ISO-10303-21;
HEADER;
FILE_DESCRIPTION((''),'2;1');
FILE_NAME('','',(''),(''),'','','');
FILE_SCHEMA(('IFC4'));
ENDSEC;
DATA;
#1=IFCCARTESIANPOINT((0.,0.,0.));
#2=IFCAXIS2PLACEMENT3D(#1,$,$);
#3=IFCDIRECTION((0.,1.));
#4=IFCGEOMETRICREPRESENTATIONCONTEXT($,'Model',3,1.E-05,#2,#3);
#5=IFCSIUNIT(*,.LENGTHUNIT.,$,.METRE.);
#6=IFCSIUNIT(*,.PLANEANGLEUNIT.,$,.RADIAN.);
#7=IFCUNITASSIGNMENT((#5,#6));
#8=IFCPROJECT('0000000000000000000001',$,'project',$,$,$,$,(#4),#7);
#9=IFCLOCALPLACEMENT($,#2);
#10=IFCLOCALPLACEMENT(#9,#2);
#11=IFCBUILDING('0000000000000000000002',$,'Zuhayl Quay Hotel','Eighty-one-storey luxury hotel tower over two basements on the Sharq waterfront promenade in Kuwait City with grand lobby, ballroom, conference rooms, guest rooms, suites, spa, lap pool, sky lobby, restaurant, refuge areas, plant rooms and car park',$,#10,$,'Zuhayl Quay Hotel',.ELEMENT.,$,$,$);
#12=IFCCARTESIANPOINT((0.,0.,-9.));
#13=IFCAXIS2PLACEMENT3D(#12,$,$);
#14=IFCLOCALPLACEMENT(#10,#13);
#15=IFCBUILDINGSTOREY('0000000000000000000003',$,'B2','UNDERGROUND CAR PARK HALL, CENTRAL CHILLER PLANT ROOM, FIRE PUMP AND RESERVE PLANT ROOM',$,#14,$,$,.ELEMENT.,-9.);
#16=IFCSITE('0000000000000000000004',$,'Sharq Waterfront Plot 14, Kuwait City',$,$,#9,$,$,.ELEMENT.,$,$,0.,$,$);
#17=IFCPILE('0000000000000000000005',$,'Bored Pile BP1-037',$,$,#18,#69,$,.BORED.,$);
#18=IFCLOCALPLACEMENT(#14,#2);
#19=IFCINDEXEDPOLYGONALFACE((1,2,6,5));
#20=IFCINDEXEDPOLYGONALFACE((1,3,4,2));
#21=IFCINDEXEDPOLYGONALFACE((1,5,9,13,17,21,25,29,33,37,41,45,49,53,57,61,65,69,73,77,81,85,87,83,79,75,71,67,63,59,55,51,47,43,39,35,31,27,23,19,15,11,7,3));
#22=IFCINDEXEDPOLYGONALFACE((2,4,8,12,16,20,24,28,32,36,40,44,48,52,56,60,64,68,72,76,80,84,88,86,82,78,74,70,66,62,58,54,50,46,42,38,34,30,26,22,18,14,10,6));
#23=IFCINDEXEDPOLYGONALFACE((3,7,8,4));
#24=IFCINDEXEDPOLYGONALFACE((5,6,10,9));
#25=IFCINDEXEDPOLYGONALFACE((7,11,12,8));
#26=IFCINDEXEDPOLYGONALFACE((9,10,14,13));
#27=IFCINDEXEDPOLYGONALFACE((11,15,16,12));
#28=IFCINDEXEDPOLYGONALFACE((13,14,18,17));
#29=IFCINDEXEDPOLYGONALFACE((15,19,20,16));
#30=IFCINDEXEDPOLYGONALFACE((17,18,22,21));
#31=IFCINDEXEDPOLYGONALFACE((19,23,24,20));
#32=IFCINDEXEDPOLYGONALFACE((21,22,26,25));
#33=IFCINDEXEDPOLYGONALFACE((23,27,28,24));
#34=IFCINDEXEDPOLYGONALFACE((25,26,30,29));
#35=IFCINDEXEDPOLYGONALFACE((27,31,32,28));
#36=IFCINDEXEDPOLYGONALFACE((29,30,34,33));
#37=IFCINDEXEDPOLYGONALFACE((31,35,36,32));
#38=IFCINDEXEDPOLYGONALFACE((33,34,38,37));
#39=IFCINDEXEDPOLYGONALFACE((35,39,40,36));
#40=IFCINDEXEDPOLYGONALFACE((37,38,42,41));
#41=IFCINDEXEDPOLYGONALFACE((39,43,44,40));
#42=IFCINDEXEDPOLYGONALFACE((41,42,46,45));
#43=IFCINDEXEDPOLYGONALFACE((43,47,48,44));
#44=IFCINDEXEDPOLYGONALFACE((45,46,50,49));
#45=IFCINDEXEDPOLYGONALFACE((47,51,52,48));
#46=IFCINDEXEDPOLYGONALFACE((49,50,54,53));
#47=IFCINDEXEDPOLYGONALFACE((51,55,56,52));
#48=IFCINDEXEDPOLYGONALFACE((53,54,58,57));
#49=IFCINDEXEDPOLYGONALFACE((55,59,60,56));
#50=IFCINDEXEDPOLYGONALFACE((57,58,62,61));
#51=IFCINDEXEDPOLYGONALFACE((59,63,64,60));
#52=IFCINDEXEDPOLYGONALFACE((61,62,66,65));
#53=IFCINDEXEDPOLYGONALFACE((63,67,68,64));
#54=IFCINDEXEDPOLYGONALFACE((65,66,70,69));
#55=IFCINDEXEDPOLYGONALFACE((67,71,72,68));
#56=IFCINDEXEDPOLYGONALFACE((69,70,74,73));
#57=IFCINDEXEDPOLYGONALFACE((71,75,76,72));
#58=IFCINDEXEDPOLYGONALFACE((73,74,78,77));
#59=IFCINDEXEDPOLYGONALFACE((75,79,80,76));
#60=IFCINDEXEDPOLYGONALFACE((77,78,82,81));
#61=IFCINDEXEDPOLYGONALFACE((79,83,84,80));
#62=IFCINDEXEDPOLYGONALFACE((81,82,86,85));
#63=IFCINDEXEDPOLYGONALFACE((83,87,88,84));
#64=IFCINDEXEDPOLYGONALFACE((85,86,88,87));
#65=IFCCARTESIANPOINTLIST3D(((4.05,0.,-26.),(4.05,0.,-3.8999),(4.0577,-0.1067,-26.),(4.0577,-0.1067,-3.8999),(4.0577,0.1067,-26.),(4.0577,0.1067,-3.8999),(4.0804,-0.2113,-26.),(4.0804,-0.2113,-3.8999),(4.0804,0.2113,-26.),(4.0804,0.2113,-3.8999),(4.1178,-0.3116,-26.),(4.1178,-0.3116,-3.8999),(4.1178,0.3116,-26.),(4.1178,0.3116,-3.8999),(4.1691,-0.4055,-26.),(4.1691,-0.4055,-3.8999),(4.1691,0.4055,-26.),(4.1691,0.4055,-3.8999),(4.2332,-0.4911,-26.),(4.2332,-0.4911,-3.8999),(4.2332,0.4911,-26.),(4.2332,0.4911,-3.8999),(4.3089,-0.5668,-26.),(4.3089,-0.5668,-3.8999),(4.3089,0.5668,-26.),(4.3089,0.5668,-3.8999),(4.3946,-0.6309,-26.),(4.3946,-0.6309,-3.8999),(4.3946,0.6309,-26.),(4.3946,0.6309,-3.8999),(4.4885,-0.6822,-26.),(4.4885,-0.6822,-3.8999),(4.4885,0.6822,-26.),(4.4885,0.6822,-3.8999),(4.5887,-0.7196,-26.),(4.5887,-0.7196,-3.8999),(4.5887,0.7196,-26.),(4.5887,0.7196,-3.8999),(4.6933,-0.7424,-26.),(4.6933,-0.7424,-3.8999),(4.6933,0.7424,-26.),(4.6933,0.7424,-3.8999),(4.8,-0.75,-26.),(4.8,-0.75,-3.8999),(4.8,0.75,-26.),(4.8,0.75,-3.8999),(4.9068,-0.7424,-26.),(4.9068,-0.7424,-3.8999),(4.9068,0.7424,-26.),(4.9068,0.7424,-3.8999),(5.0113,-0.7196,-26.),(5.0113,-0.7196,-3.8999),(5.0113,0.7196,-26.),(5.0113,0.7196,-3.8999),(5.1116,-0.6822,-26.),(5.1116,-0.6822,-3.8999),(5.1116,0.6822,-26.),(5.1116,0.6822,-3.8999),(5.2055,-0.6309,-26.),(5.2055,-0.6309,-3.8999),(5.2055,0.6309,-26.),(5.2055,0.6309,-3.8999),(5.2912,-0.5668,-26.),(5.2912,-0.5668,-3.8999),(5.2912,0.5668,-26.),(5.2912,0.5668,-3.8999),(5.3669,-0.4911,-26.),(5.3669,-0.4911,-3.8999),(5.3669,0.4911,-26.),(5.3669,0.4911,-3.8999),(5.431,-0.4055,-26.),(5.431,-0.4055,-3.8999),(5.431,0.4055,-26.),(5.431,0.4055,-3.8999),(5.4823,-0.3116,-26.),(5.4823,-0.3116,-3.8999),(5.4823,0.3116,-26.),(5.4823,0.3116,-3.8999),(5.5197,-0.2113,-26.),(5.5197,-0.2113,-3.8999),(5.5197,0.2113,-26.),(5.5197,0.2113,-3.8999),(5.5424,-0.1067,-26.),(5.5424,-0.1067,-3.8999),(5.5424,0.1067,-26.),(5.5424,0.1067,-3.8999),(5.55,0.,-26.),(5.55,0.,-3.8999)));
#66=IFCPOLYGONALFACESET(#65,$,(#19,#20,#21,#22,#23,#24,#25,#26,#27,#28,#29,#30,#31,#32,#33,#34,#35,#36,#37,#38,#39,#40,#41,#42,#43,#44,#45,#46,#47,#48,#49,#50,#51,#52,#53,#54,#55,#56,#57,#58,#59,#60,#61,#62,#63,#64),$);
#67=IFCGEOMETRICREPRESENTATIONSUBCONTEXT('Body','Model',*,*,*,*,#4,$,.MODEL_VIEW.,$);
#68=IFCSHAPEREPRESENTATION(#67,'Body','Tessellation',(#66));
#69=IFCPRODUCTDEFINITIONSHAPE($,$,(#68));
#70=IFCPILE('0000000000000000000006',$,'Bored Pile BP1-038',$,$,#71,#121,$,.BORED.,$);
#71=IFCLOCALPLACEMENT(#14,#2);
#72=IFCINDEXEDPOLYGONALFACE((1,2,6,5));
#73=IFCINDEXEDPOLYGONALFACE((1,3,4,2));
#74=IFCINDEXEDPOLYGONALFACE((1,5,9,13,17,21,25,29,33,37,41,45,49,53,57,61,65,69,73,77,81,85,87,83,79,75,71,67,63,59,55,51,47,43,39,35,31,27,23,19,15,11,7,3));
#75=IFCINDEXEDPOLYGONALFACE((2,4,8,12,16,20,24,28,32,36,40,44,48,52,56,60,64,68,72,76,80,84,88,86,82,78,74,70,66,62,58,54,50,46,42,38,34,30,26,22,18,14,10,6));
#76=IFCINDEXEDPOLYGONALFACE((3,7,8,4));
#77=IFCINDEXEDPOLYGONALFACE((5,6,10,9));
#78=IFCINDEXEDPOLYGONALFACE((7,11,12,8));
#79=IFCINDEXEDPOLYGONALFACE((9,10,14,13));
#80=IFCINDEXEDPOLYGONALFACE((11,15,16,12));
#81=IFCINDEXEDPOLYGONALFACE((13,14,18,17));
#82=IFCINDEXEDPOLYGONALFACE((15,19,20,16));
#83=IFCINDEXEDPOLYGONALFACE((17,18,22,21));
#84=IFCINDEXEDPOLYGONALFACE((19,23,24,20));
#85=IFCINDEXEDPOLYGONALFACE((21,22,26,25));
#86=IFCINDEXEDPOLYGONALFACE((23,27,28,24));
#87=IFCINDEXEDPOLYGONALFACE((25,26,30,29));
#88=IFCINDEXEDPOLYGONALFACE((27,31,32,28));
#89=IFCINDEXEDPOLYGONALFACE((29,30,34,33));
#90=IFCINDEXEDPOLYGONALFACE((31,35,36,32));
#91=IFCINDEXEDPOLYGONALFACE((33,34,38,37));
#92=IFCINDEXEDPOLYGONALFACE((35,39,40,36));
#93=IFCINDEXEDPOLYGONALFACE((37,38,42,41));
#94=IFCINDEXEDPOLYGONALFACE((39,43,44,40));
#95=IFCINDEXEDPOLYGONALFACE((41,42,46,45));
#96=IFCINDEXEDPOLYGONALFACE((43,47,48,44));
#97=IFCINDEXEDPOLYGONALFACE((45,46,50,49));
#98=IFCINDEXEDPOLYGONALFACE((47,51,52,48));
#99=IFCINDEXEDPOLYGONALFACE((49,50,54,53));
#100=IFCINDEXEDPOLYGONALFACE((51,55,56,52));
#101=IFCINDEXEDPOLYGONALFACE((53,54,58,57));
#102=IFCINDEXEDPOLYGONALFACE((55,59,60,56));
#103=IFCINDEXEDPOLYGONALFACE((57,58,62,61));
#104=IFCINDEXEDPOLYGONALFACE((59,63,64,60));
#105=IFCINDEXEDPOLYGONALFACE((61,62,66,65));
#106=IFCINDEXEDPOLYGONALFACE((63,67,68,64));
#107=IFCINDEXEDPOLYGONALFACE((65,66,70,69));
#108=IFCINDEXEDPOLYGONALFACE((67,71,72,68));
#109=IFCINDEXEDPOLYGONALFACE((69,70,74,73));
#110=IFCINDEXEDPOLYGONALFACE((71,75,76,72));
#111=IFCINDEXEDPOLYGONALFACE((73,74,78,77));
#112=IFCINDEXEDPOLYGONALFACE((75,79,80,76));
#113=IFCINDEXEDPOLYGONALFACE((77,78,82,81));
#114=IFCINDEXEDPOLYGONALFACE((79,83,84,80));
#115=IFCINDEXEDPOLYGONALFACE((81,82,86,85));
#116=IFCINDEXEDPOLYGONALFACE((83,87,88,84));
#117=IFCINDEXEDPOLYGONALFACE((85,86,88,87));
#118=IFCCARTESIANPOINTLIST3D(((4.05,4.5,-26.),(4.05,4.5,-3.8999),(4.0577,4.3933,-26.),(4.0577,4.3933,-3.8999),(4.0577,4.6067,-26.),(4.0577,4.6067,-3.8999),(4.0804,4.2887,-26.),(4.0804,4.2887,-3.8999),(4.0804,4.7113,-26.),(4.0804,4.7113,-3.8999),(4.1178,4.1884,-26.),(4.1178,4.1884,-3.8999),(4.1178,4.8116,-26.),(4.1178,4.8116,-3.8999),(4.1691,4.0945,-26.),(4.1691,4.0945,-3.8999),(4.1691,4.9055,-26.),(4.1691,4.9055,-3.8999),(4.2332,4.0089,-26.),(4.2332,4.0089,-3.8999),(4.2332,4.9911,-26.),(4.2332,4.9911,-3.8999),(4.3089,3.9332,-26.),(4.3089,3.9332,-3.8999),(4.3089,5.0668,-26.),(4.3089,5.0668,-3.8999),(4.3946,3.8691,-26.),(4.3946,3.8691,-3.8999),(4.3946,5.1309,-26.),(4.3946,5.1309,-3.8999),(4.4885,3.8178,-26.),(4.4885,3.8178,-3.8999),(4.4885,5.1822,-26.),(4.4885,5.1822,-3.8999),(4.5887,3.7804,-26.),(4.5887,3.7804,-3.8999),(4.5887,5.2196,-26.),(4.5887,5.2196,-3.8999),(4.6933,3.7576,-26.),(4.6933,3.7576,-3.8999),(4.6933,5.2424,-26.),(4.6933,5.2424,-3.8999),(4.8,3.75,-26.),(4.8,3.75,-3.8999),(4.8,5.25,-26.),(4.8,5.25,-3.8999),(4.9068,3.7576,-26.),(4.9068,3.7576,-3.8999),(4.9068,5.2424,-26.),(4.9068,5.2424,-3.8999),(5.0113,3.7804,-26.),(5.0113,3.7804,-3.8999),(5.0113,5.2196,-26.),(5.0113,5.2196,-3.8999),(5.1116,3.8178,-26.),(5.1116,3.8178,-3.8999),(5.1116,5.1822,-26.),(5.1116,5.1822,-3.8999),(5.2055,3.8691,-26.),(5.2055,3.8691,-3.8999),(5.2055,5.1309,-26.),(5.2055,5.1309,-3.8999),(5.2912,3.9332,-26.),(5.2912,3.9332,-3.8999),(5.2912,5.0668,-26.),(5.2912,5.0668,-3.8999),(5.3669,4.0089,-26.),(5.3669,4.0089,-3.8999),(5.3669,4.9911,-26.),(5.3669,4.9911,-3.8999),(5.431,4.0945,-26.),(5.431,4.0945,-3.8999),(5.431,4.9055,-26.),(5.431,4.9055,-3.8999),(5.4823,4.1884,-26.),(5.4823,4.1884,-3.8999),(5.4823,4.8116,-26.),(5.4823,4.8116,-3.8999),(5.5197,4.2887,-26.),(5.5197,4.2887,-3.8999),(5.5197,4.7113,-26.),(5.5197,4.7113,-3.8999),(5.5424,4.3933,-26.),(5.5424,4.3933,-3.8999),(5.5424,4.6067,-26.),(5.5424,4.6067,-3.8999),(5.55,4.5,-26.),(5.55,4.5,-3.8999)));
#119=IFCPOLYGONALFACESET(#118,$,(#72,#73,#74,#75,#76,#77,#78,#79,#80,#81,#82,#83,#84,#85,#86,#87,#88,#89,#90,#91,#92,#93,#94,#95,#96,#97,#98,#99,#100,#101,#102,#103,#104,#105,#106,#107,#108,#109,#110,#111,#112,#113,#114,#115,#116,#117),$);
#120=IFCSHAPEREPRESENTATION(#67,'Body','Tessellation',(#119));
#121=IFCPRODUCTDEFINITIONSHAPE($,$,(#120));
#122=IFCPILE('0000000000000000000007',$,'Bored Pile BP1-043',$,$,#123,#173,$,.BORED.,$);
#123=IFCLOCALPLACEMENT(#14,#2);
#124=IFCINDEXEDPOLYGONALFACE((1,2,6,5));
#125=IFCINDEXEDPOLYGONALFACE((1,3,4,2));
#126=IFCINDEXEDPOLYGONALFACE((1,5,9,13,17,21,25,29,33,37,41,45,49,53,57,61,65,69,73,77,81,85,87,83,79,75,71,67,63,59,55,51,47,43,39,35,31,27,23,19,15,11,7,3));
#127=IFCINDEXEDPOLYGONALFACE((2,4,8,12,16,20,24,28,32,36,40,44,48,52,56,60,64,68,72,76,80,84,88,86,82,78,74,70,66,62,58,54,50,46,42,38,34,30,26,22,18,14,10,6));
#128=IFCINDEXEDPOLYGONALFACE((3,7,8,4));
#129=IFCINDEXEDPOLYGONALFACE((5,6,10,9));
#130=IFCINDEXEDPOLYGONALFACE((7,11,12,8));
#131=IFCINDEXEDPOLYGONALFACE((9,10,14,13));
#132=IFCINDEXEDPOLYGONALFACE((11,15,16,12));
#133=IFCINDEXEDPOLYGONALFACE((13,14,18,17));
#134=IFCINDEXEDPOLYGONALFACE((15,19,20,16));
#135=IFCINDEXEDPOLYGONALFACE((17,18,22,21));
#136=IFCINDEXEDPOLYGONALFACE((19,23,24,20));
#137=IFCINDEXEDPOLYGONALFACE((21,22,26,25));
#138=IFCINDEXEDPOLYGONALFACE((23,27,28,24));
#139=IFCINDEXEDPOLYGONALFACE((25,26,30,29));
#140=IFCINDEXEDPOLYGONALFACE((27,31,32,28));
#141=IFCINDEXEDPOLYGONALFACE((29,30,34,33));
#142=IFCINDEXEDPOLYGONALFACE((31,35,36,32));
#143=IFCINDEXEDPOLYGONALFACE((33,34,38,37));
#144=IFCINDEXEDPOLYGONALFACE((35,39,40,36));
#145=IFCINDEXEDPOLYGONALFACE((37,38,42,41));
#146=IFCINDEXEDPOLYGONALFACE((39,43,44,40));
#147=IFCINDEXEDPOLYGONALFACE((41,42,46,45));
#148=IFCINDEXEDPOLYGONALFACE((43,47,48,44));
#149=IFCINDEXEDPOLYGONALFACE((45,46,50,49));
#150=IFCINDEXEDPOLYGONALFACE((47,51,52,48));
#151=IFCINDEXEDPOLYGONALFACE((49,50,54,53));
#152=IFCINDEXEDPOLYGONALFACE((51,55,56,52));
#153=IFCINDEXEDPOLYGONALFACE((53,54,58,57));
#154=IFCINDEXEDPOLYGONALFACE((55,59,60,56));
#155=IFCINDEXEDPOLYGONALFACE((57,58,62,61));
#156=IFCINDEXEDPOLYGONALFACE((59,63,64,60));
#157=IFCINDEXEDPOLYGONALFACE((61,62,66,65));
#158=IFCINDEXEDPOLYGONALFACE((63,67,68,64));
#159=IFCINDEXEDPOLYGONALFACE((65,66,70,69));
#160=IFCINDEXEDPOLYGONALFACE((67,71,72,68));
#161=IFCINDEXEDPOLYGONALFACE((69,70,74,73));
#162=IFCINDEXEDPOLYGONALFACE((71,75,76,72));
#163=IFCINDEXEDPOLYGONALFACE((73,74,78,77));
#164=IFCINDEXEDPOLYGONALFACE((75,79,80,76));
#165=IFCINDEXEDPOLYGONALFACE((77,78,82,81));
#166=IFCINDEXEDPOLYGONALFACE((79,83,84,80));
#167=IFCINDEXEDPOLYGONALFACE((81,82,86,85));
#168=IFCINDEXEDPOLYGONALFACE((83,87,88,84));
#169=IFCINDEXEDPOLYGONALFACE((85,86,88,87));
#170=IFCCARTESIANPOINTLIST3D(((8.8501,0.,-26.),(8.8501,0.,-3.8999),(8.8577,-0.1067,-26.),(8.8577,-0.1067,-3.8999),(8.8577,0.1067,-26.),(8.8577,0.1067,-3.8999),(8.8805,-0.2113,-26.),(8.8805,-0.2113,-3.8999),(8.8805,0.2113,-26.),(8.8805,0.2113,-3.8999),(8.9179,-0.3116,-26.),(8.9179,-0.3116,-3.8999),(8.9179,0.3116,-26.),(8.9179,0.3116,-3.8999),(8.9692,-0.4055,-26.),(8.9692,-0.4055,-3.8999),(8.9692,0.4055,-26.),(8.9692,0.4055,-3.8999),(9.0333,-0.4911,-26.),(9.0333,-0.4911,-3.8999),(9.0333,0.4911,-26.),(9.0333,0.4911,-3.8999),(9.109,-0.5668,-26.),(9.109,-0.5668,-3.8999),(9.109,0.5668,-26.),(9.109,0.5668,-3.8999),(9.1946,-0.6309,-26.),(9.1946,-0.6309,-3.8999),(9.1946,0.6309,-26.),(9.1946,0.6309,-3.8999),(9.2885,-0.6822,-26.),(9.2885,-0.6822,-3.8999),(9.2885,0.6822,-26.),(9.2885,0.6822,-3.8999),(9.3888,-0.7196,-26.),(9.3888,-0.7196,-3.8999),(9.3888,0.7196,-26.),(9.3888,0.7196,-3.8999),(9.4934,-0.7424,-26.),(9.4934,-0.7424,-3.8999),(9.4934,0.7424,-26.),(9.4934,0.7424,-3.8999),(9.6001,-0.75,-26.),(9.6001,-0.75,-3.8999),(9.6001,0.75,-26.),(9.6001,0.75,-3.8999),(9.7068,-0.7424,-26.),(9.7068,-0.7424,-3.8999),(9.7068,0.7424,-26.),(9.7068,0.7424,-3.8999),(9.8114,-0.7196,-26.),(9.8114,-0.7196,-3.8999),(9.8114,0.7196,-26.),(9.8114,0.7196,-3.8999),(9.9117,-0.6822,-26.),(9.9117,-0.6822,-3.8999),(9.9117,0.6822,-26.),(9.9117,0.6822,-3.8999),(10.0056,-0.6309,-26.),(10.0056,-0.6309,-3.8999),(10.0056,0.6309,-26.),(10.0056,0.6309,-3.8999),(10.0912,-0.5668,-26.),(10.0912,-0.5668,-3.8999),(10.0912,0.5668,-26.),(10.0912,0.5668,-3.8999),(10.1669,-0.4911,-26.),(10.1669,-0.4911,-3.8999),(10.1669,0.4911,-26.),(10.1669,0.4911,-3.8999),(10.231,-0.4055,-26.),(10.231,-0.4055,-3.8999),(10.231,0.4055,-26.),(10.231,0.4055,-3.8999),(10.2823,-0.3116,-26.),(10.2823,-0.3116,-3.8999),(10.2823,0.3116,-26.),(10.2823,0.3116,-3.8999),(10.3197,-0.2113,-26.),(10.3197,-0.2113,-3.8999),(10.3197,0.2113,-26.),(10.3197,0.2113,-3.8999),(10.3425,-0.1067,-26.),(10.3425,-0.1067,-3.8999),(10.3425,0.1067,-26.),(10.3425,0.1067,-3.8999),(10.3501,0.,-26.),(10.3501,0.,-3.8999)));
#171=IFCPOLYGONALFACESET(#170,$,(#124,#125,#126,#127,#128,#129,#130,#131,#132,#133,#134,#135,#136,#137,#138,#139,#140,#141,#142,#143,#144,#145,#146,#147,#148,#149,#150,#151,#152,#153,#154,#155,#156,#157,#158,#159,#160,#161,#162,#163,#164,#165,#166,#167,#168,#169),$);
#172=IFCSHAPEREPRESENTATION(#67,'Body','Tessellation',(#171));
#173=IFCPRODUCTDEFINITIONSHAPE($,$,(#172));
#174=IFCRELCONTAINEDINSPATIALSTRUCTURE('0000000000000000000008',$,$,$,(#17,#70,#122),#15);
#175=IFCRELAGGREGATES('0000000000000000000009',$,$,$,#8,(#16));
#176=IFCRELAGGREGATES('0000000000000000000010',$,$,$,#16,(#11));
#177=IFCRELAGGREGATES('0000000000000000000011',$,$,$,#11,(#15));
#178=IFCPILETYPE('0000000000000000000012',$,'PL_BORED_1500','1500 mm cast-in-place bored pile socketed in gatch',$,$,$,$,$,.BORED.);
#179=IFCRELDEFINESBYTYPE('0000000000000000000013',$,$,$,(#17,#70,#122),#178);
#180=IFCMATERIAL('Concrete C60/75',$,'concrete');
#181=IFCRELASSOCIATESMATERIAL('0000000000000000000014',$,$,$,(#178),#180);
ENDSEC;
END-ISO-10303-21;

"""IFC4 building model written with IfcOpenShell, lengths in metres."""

from ifc_helpers import new_model, si_unit, direction, frame, origin, origin_2d, place, context, subcontext, project, spatial, circle, extrude, material, material_profile, profile_set, type_object, element, save


model = new_model("IFC4")

# Units and contexts
model_context = context("Model", 3, precision=1e-05, world=origin(), true_north=direction((0.0, 1.0)))
body_context = subcontext(model_context, "Body", "Model", "MODEL_VIEW")
ifc_project = project(units=[si_unit("LENGTHUNIT", "METRE"), si_unit("PLANEANGLEUNIT", "RADIAN")], contexts=[model_context])

# Site, building, storey
site_placement = place(None, origin())
site = spatial("IfcSite", under=ifc_project, at=site_placement, Name="Sharq Waterfront Plot 14, Kuwait City", CompositionType="ELEMENT", RefElevation=0.0)
building_placement = place(site_placement, origin())
building = spatial("IfcBuilding", under=site, at=building_placement, Name="Zuhayl Quay Hotel", Description="Eighty-one-storey luxury hotel tower over two basements on the Sharq waterfront promenade in Kuwait City with grand lobby, ballroom, conference rooms, guest rooms, suites, spa, lap pool, sky lobby, restaurant, refuge areas, plant rooms and car park", LongName="Zuhayl Quay Hotel", CompositionType="ELEMENT")
storey_placement = place(building_placement, frame((0.0, 0.0, -9.0)))
storey = spatial("IfcBuildingStorey", under=building, at=storey_placement, Name="B2", Description="UNDERGROUND CAR PARK HALL, CENTRAL CHILLER PLANT ROOM, FIRE PUMP AND RESERVE PLANT ROOM", CompositionType="ELEMENT", Elevation=-9.0)

# Piles
ifc_material_1 = material(Name="Concrete C60/75", Category="concrete")
ifc_material_profile_1 = material_profile(ifc_material_1, circle(Radius=0.75, at=origin_2d()), Name="PILE1500")
ifc_profile_set_1 = profile_set([ifc_material_profile_1], Name="Concrete C60/75")
pile_type = type_object("IfcPileType", Name="PL_BORED_1500", Description="1500 mm cast-in-place bored pile socketed in gatch", PredefinedType="BORED", material=ifc_profile_set_1)
for number, where, z_axis, x_axis, name in (
    (1, (4.8, 0.0, -3.8999), (0.0, 0.0, -1.0), (1.0, 0.0, 0.0), "Bored Pile BP1-037"),
    (2, (4.8, 4.5, -3.8999), (0.0, 0.0, -1.0), (1.0, 0.0, 0.0), "Bored Pile BP1-038"),
    (3, (9.6001, 0.0, -3.8999), (0.0, 0.0, -1.0), (1.0, 0.0, 0.0), "Bored Pile BP1-043"),
):
    element("IfcPile", number, at=place(storey_placement, frame(where, z_axis=z_axis, x_axis=x_axis)), inside=storey, type_object=pile_type, Name=name, PredefinedType="BORED", context=body_context, shape_type="SweptSolid", body=[
        extrude(circle(Radius=0.75, at=origin_2d()), origin(), (0.0, 0.0, 1.0), 22.1001),
    ])

save(model, "model.ifc")
